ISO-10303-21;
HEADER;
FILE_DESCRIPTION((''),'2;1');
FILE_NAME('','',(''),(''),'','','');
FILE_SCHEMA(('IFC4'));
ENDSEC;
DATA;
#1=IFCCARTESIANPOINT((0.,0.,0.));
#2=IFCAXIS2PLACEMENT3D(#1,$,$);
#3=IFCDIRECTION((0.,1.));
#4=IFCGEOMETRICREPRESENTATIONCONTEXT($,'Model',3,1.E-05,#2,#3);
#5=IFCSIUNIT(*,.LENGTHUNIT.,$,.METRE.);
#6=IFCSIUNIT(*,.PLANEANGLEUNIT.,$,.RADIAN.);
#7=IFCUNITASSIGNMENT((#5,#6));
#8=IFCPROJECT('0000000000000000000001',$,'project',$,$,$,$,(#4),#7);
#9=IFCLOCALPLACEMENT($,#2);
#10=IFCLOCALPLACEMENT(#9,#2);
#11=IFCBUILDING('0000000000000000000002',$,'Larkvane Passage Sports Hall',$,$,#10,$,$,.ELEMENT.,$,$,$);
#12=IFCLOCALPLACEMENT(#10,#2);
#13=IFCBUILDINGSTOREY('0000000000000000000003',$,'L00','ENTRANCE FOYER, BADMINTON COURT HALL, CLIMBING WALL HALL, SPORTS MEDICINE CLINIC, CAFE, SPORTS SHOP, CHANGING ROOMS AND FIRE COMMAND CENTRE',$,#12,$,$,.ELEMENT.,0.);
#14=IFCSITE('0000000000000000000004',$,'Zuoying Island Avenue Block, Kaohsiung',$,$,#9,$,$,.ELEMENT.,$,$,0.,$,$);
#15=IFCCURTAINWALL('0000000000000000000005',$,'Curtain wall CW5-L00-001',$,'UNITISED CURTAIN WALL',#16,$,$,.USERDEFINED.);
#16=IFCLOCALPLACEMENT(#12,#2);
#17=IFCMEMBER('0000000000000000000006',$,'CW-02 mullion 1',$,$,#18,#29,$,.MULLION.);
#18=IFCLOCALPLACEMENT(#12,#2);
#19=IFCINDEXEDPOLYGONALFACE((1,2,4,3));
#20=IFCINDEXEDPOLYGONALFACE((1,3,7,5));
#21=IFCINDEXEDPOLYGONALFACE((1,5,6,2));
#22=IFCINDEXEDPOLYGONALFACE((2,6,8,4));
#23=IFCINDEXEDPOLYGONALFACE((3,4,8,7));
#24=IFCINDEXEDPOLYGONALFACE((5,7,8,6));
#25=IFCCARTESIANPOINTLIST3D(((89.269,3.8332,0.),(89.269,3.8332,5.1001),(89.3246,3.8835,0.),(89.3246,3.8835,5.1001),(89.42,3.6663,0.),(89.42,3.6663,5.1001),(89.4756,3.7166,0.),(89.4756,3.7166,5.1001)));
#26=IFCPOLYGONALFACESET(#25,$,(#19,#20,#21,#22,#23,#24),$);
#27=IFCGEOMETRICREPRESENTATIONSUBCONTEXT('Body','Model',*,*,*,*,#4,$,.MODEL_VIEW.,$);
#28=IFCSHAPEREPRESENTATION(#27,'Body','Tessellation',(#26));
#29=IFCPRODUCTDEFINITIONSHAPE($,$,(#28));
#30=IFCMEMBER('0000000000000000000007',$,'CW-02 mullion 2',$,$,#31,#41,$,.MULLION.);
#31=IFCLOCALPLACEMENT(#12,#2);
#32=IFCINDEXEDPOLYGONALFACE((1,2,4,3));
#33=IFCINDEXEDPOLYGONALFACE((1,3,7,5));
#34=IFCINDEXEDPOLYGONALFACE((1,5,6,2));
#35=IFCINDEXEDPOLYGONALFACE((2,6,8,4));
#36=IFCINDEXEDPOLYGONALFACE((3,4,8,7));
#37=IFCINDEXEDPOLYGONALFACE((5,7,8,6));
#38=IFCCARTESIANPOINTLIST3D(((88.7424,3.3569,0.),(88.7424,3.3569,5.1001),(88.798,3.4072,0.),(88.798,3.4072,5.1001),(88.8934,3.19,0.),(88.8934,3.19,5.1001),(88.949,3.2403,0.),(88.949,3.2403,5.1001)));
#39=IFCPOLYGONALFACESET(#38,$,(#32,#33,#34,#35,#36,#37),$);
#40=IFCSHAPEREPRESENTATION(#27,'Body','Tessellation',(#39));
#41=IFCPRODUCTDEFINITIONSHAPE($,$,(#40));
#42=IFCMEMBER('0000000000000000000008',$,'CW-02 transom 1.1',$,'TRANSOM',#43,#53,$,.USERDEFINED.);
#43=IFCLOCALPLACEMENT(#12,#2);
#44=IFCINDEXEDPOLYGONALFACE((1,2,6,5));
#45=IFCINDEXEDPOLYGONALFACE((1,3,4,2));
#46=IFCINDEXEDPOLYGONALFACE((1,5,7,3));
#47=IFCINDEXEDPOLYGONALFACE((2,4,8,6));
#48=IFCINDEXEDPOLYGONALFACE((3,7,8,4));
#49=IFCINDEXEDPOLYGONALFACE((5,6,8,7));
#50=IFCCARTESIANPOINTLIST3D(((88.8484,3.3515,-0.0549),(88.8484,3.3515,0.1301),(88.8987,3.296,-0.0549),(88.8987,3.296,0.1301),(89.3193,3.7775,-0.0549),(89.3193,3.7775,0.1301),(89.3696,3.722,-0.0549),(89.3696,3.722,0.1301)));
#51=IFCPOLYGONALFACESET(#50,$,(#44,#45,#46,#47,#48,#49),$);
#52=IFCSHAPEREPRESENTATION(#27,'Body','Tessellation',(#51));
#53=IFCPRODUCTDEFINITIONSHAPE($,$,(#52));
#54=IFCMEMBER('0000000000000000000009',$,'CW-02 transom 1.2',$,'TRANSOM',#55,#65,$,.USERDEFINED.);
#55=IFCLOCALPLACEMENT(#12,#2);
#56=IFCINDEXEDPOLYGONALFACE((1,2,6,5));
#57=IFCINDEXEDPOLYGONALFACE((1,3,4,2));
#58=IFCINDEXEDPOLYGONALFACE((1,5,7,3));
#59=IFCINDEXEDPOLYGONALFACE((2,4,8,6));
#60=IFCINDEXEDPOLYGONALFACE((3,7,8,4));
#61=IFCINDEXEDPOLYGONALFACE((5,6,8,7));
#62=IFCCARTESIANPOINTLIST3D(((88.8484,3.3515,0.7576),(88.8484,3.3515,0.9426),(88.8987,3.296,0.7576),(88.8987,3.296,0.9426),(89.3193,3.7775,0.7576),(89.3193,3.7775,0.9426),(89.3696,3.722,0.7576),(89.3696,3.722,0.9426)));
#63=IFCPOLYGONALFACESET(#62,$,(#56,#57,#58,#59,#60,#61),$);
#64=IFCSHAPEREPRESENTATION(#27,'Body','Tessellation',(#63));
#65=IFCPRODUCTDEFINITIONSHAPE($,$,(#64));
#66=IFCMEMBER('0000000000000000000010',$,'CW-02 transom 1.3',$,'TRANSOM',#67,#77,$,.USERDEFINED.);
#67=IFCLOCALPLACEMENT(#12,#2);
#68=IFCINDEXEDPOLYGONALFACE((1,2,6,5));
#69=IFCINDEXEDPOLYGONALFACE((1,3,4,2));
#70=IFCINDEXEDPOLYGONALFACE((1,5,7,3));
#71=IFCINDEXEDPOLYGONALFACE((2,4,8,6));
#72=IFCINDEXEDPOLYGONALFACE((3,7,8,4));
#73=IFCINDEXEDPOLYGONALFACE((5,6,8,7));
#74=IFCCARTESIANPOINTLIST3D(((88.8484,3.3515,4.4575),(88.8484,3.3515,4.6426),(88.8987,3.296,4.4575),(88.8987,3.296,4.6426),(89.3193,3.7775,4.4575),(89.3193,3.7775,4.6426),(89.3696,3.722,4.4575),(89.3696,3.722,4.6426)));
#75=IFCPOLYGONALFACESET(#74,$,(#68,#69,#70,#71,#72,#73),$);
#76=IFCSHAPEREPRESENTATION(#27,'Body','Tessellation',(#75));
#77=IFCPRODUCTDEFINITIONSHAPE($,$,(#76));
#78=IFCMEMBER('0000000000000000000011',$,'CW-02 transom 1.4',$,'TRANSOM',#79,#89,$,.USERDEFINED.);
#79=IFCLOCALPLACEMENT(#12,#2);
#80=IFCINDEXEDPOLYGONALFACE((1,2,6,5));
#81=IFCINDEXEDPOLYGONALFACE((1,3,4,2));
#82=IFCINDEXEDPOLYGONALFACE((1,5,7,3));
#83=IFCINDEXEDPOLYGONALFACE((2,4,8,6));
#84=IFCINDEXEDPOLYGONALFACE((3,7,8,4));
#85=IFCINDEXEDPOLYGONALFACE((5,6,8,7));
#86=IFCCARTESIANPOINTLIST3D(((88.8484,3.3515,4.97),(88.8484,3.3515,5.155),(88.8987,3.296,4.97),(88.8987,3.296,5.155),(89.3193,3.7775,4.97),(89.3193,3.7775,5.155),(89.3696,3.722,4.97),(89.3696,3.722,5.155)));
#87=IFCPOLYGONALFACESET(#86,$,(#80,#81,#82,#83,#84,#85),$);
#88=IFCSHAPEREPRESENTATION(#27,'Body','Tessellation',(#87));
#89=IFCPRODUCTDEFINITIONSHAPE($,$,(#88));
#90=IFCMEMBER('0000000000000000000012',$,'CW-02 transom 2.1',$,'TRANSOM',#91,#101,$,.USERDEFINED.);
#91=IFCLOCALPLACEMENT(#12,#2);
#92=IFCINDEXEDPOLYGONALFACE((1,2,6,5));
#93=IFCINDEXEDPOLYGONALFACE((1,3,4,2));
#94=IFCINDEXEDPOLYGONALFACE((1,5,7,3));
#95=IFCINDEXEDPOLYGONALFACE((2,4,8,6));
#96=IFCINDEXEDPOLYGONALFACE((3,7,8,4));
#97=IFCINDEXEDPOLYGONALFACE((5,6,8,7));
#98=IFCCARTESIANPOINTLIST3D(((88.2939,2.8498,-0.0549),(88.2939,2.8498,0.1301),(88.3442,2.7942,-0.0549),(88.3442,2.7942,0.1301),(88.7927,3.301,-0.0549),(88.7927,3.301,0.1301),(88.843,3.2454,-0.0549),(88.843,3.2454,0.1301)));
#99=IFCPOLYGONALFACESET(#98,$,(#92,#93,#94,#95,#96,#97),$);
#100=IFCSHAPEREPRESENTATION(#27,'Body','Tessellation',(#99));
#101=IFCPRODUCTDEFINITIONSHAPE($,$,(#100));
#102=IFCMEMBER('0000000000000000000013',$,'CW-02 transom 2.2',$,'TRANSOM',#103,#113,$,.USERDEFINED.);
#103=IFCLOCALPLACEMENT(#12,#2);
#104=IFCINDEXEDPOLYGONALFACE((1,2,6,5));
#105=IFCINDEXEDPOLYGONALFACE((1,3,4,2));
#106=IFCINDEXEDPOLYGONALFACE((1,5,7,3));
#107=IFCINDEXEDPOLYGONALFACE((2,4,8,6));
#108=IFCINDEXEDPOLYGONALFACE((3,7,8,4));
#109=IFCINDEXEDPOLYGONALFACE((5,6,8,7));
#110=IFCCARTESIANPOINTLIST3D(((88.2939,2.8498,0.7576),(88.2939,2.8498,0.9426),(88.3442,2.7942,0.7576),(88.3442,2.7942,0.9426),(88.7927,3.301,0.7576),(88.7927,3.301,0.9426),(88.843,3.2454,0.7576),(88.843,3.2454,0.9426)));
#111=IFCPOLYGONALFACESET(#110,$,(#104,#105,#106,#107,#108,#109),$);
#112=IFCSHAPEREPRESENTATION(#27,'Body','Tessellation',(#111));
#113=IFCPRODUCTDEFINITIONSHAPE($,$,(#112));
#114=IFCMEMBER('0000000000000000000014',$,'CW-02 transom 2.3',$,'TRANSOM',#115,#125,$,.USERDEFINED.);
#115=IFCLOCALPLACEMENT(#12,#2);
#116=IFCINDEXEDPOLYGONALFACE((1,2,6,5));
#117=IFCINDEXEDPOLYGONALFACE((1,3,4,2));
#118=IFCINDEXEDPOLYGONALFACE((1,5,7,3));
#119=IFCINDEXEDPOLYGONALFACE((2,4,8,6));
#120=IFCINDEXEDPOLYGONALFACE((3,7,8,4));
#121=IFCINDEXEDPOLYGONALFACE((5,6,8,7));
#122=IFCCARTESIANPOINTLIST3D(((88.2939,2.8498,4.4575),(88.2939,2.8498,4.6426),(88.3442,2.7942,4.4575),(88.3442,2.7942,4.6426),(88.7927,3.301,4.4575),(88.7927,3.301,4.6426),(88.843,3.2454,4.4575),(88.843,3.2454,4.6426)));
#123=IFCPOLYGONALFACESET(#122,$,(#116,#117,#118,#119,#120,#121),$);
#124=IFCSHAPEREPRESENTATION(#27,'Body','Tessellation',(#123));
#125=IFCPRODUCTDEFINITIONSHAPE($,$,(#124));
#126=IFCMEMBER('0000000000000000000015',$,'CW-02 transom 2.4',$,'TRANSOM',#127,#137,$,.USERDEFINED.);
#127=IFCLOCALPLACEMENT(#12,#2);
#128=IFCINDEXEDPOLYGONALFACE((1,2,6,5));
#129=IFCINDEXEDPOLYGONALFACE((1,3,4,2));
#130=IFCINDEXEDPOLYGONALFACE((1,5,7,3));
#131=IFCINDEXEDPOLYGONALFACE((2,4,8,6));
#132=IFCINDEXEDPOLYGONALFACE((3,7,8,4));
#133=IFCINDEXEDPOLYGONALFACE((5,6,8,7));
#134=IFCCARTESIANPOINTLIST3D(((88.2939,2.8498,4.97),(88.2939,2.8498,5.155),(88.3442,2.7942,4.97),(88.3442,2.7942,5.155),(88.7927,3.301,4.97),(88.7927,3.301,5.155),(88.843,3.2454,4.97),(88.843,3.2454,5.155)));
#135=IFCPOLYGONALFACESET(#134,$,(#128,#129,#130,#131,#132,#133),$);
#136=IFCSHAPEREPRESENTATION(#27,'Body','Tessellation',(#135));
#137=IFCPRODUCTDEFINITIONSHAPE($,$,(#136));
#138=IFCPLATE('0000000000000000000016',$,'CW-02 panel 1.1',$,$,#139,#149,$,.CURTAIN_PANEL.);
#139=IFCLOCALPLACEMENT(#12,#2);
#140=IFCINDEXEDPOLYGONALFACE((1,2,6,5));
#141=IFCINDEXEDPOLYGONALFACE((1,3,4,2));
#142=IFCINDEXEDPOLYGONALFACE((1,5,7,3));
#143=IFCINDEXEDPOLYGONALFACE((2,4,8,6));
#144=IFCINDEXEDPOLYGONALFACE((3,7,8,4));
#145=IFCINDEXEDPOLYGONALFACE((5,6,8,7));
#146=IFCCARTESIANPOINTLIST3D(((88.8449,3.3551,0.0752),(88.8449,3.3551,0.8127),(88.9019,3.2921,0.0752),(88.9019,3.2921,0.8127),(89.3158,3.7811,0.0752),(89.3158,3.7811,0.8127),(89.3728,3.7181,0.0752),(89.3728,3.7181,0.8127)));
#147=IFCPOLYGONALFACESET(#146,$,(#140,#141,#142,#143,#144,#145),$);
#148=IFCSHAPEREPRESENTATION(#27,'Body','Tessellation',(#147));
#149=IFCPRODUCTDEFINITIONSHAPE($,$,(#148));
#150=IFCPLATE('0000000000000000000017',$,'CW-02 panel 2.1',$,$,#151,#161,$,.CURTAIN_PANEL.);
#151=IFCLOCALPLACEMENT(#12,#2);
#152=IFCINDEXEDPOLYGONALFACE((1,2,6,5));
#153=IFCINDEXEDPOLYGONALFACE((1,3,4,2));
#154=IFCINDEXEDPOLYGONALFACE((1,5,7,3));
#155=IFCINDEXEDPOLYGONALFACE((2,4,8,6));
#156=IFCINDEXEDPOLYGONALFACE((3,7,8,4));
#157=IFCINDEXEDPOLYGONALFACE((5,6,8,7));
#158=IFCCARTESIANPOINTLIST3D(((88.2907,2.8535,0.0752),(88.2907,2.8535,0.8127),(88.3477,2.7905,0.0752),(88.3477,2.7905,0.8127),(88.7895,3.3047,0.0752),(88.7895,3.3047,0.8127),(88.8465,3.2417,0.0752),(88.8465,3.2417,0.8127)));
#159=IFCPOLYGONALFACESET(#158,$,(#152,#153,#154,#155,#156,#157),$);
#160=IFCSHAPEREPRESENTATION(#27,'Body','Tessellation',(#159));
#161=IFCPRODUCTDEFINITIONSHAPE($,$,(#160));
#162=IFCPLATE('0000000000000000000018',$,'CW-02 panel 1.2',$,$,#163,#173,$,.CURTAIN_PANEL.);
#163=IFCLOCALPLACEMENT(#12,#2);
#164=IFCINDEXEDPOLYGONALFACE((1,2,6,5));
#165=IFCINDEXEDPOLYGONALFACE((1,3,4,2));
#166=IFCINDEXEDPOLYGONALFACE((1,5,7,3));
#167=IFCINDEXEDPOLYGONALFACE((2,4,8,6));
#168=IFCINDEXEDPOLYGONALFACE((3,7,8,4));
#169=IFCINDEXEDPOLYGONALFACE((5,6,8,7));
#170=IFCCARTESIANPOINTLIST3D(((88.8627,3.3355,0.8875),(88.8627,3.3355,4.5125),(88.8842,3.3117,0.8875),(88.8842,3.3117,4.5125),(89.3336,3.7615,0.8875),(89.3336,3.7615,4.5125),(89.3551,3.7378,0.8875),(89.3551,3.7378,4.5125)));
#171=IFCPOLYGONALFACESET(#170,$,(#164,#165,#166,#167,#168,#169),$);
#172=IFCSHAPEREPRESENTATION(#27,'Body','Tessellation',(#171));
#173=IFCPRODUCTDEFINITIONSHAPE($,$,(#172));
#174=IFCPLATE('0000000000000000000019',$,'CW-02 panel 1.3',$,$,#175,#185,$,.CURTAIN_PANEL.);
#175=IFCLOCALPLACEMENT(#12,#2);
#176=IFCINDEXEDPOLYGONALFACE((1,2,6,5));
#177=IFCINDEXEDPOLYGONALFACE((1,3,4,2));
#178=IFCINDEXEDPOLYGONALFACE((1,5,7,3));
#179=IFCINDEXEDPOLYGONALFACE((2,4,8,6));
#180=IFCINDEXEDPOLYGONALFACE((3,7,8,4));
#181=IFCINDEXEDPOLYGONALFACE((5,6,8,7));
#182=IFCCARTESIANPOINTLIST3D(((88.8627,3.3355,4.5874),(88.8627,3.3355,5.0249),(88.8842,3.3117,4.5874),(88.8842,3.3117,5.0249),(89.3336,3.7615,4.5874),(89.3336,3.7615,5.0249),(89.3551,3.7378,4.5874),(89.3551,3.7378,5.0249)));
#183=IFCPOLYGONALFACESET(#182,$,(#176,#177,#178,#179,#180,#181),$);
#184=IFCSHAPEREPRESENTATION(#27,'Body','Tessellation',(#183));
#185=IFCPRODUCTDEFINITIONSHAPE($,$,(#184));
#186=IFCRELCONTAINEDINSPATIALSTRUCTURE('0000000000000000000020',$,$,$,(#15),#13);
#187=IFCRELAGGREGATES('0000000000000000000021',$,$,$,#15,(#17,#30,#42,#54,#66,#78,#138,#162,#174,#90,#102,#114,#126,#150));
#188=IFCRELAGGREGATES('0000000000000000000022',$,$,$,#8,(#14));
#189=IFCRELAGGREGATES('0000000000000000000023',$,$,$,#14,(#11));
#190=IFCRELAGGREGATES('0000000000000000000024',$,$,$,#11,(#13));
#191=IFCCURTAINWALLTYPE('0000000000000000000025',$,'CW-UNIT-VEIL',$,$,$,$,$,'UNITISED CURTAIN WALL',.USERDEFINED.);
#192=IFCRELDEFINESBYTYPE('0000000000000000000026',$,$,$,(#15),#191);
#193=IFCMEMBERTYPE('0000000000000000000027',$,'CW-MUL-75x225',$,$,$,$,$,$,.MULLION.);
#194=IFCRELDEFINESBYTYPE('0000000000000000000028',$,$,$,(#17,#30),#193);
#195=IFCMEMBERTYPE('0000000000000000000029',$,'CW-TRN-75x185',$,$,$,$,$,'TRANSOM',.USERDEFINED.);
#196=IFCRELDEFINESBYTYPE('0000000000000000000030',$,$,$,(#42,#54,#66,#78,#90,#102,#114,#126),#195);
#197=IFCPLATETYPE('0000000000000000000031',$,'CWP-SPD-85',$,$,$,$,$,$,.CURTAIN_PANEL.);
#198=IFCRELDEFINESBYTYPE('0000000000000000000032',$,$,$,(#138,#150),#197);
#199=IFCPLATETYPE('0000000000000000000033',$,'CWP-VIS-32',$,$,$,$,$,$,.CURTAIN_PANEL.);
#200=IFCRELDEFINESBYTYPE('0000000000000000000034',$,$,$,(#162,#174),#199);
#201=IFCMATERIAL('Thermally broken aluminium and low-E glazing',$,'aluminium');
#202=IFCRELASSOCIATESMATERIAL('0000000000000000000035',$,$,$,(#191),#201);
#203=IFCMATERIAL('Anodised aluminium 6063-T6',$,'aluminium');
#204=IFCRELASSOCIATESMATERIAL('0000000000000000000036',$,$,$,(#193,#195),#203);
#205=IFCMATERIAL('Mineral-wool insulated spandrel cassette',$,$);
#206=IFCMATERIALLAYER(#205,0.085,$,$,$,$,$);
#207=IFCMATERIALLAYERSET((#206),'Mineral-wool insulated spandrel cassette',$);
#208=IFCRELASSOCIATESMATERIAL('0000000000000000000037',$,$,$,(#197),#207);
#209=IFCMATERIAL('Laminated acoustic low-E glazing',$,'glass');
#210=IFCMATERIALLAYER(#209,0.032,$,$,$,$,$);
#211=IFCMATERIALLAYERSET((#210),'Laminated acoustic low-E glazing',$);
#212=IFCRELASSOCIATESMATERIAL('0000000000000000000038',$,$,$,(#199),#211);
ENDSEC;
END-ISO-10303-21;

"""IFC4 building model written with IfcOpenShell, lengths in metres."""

from ifc_helpers import new_model, si_unit, direction, frame, origin, origin_2d, place, context, subcontext, project, spatial, rectangle, extrude, material, layer, layer_set, material_profile, profile_set, type_object, element, aggregate, save


model = new_model("IFC4")

# Units and contexts
model_context = context("Model", 3, precision=1e-05, world=origin(), true_north=direction((0.0, 1.0)))
body_context = subcontext(model_context, "Body", "Model", "MODEL_VIEW")
ifc_project = project(units=[si_unit("LENGTHUNIT", "METRE"), si_unit("PLANEANGLEUNIT", "RADIAN")], contexts=[model_context])

# Site, building, storey
site_placement = place(None, origin())
site = spatial("IfcSite", under=ifc_project, at=site_placement, Name="Zuoying Island Avenue Block, Kaohsiung", CompositionType="ELEMENT", RefElevation=0.0)
building_placement = place(site_placement, origin())
building = spatial("IfcBuilding", under=site, at=building_placement, Name="Larkvane Passage Sports Hall", CompositionType="ELEMENT")
storey_placement = place(building_placement, origin())
storey = spatial("IfcBuildingStorey", under=building, at=storey_placement, Name="L00", Description="ENTRANCE FOYER, BADMINTON COURT HALL, CLIMBING WALL HALL, SPORTS MEDICINE CLINIC, CAFE, SPORTS SHOP, CHANGING ROOMS AND FIRE COMMAND CENTRE", CompositionType="ELEMENT", Elevation=0.0)

# Curtain wall, members, plates
ifc_material_1 = material(Name="Thermally broken aluminium and low-E glazing", Category="aluminium")
curtain_wall_type = type_object("IfcCurtainWallType", Name="CW-UNIT-VEIL", ElementType="UNITISED CURTAIN WALL", PredefinedType="USERDEFINED", material=ifc_material_1)
curtain_wall_placement = place(storey_placement, origin())
curtain_wall = element("IfcCurtainWall", 1, at=curtain_wall_placement, inside=storey, type_object=curtain_wall_type, Name="Curtain wall CW5-L00-001", ObjectType="UNITISED CURTAIN WALL", PredefinedType="USERDEFINED")
ifc_material_2 = material(Name="Anodised aluminium 6063-T6", Category="aluminium")
ifc_material_profile_1 = material_profile(ifc_material_2, rectangle(XDim=0.075, YDim=0.2251, at=origin_2d()), Name="ALU-MUL-75x225")
ifc_profile_set_1 = profile_set([ifc_material_profile_1], Name="Anodised aluminium 6063-T6")
member_type_1 = type_object("IfcMemberType", Name="CW-MUL-75x225", PredefinedType="MULLION", material=ifc_profile_set_1)
member_1_placement = place(storey_placement, frame((89.3723, 3.7749, 0.0), z_axis=(0.0, 0.0, 1.0), x_axis=(-0.741532, -0.670918, 0.0)))
member_1 = element("IfcMember", 2, at=member_1_placement, type_object=member_type_1, Name="CW-02 mullion 1", PredefinedType="MULLION", context=body_context, shape_type="SweptSolid", body=[
    extrude(rectangle(XDim=0.075, YDim=0.2251, at=origin_2d()), origin(), (0.0, 0.0, 1.0), 5.1001),
])
member_2_placement = place(storey_placement, frame((88.8457, 3.2986, 0.0), z_axis=(0.0, 0.0, 1.0), x_axis=(-0.741532, -0.670918, 0.0)))
member_2 = element("IfcMember", 3, at=member_2_placement, type_object=member_type_1, Name="CW-02 mullion 2", PredefinedType="MULLION", context=body_context, shape_type="SweptSolid", body=[
    extrude(rectangle(XDim=0.075, YDim=0.2251, at=origin_2d()), origin(), (0.0, 0.0, 1.0), 5.1001),
])
ifc_material_profile_2 = material_profile(ifc_material_2, rectangle(XDim=0.075, YDim=0.1851, at=origin_2d()), Name="ALU-TRN-75x185")
ifc_profile_set_2 = profile_set([ifc_material_profile_2], Name="Anodised aluminium 6063-T6")
member_type_2 = type_object("IfcMemberType", Name="CW-TRN-75x185", ElementType="TRANSOM", PredefinedType="USERDEFINED", material=ifc_profile_set_2)
member_3_placement = place(storey_placement, frame((89.3445, 3.7498, 0.0376), z_axis=(-0.74159, -0.670853, 0.0), x_axis=(0.670853, -0.74159, 0.0)))
member_3 = element("IfcMember", 4, at=member_3_placement, type_object=member_type_2, Name="CW-02 transom 1.1", ObjectType="TRANSOM", PredefinedType="USERDEFINED", context=body_context, shape_type="SweptSolid", body=[
    extrude(rectangle(XDim=0.075, YDim=0.1851, at=origin_2d()), origin(), (0.0, 0.0, 1.0), 0.635),
])
member_4_placement = place(storey_placement, frame((89.3445, 3.7498, 0.8501), z_axis=(-0.74159, -0.670853, 0.0), x_axis=(0.670853, -0.74159, 0.0)))
member_4 = element("IfcMember", 5, at=member_4_placement, type_object=member_type_2, Name="CW-02 transom 1.2", ObjectType="TRANSOM", PredefinedType="USERDEFINED", context=body_context, shape_type="SweptSolid", body=[
    extrude(rectangle(XDim=0.075, YDim=0.1851, at=origin_2d()), origin(), (0.0, 0.0, 1.0), 0.635),
])
member_5_placement = place(storey_placement, frame((89.3445, 3.7498, 4.55), z_axis=(-0.74159, -0.670853, 0.0), x_axis=(0.670853, -0.74159, 0.0)))
member_5 = element("IfcMember", 6, at=member_5_placement, type_object=member_type_2, Name="CW-02 transom 1.3", ObjectType="TRANSOM", PredefinedType="USERDEFINED", context=body_context, shape_type="SweptSolid", body=[
    extrude(rectangle(XDim=0.075, YDim=0.1851, at=origin_2d()), origin(), (0.0, 0.0, 1.0), 0.635),
])
member_6_placement = place(storey_placement, frame((89.3445, 3.7498, 5.0625), z_axis=(-0.74159, -0.670853, 0.0), x_axis=(0.670853, -0.74159, 0.0)))
member_6 = element("IfcMember", 7, at=member_6_placement, type_object=member_type_2, Name="CW-02 transom 1.4", ObjectType="TRANSOM", PredefinedType="USERDEFINED", context=body_context, shape_type="SweptSolid", body=[
    extrude(rectangle(XDim=0.075, YDim=0.1851, at=origin_2d()), origin(), (0.0, 0.0, 1.0), 0.635),
])
member_7_placement = place(storey_placement, frame((88.8179, 3.2732, 0.0376), z_axis=(-0.741613, -0.670828, 0.0), x_axis=(0.670828, -0.741613, 0.0)))
member_7 = element("IfcMember", 8, at=member_7_placement, type_object=member_type_2, Name="CW-02 transom 2.1", ObjectType="TRANSOM", PredefinedType="USERDEFINED", context=body_context, shape_type="SweptSolid", body=[
    extrude(rectangle(XDim=0.075, YDim=0.1851, at=origin_2d()), origin(), (0.0, 0.0, 1.0), 0.6726),
])
member_8_placement = place(storey_placement, frame((88.8179, 3.2732, 0.8501), z_axis=(-0.741613, -0.670828, 0.0), x_axis=(0.670828, -0.741613, 0.0)))
member_8 = element("IfcMember", 9, at=member_8_placement, type_object=member_type_2, Name="CW-02 transom 2.2", ObjectType="TRANSOM", PredefinedType="USERDEFINED", context=body_context, shape_type="SweptSolid", body=[
    extrude(rectangle(XDim=0.075, YDim=0.1851, at=origin_2d()), origin(), (0.0, 0.0, 1.0), 0.6726),
])
member_9_placement = place(storey_placement, frame((88.8179, 3.2732, 4.55), z_axis=(-0.741613, -0.670828, 0.0), x_axis=(0.670828, -0.741613, 0.0)))
member_9 = element("IfcMember", 10, at=member_9_placement, type_object=member_type_2, Name="CW-02 transom 2.3", ObjectType="TRANSOM", PredefinedType="USERDEFINED", context=body_context, shape_type="SweptSolid", body=[
    extrude(rectangle(XDim=0.075, YDim=0.1851, at=origin_2d()), origin(), (0.0, 0.0, 1.0), 0.6726),
])
member_10_placement = place(storey_placement, frame((88.8179, 3.2732, 5.0625), z_axis=(-0.741613, -0.670828, 0.0), x_axis=(0.670828, -0.741613, 0.0)))
member_10 = element("IfcMember", 11, at=member_10_placement, type_object=member_type_2, Name="CW-02 transom 2.4", ObjectType="TRANSOM", PredefinedType="USERDEFINED", context=body_context, shape_type="SweptSolid", body=[
    extrude(rectangle(XDim=0.075, YDim=0.1851, at=origin_2d()), origin(), (0.0, 0.0, 1.0), 0.6726),
])
ifc_material_3 = material(Name="Mineral-wool insulated spandrel cassette")
ifc_layer_1 = layer(ifc_material_3, 0.085)
ifc_layer_set_1 = layer_set([ifc_layer_1], Name="Mineral-wool insulated spandrel cassette")
plate_type_1 = type_object("IfcPlateType", Name="CWP-SPD-85", PredefinedType="CURTAIN_PANEL", material=ifc_layer_set_1)
plate_1_placement = place(storey_placement, frame((89.1089, 3.5366, 0.0752), z_axis=(0.0, 0.0, 1.0), x_axis=(-0.741532, -0.670918, 0.0)))
plate_1 = element("IfcPlate", 12, at=plate_1_placement, type_object=plate_type_1, Name="CW-02 panel 1.1", PredefinedType="CURTAIN_PANEL", context=body_context, shape_type="SweptSolid", body=[
    extrude(rectangle(XDim=0.635, YDim=0.085, at=origin_2d()), origin(), (0.0, 0.0, 1.0), 0.7375),
])
plate_2_placement = place(storey_placement, frame((88.5686, 3.0476, 0.0752), z_axis=(0.0, 0.0, 1.0), x_axis=(-0.741532, -0.670918, 0.0)))
plate_2 = element("IfcPlate", 13, at=plate_2_placement, type_object=plate_type_1, Name="CW-02 panel 2.1", PredefinedType="CURTAIN_PANEL", context=body_context, shape_type="SweptSolid", body=[
    extrude(rectangle(XDim=0.6726, YDim=0.085, at=origin_2d()), origin(), (0.0, 0.0, 1.0), 0.7375),
])
ifc_material_4 = material(Name="Laminated acoustic low-E glazing", Category="glass")
ifc_layer_2 = layer(ifc_material_4, 0.032)
ifc_layer_set_2 = layer_set([ifc_layer_2], Name="Laminated acoustic low-E glazing")
plate_type_2 = type_object("IfcPlateType", Name="CWP-VIS-32", PredefinedType="CURTAIN_PANEL", material=ifc_layer_set_2)
plate_3_placement = place(storey_placement, frame((89.1089, 3.5366, 0.8875), z_axis=(0.0, 0.0, 1.0), x_axis=(-0.741532, -0.670918, 0.0)))
plate_3 = element("IfcPlate", 14, at=plate_3_placement, type_object=plate_type_2, Name="CW-02 panel 1.2", PredefinedType="CURTAIN_PANEL", context=body_context, shape_type="SweptSolid", body=[
    extrude(rectangle(XDim=0.635, YDim=0.032, at=origin_2d()), origin(), (0.0, 0.0, 1.0), 3.625),
])
plate_4_placement = place(storey_placement, frame((89.1089, 3.5366, 4.5874), z_axis=(0.0, 0.0, 1.0), x_axis=(-0.741532, -0.670918, 0.0)))
plate_4 = element("IfcPlate", 15, at=plate_4_placement, type_object=plate_type_2, Name="CW-02 panel 1.3", PredefinedType="CURTAIN_PANEL", context=body_context, shape_type="SweptSolid", body=[
    extrude(rectangle(XDim=0.635, YDim=0.032, at=origin_2d()), origin(), (0.0, 0.0, 1.0), 0.4375),
])
aggregate(curtain_wall, [member_1, member_2, member_3, member_4, member_5, member_6, plate_1, plate_3, plate_4, member_7, member_8, member_9, member_10, plate_2])

save(model, "model.ifc")
